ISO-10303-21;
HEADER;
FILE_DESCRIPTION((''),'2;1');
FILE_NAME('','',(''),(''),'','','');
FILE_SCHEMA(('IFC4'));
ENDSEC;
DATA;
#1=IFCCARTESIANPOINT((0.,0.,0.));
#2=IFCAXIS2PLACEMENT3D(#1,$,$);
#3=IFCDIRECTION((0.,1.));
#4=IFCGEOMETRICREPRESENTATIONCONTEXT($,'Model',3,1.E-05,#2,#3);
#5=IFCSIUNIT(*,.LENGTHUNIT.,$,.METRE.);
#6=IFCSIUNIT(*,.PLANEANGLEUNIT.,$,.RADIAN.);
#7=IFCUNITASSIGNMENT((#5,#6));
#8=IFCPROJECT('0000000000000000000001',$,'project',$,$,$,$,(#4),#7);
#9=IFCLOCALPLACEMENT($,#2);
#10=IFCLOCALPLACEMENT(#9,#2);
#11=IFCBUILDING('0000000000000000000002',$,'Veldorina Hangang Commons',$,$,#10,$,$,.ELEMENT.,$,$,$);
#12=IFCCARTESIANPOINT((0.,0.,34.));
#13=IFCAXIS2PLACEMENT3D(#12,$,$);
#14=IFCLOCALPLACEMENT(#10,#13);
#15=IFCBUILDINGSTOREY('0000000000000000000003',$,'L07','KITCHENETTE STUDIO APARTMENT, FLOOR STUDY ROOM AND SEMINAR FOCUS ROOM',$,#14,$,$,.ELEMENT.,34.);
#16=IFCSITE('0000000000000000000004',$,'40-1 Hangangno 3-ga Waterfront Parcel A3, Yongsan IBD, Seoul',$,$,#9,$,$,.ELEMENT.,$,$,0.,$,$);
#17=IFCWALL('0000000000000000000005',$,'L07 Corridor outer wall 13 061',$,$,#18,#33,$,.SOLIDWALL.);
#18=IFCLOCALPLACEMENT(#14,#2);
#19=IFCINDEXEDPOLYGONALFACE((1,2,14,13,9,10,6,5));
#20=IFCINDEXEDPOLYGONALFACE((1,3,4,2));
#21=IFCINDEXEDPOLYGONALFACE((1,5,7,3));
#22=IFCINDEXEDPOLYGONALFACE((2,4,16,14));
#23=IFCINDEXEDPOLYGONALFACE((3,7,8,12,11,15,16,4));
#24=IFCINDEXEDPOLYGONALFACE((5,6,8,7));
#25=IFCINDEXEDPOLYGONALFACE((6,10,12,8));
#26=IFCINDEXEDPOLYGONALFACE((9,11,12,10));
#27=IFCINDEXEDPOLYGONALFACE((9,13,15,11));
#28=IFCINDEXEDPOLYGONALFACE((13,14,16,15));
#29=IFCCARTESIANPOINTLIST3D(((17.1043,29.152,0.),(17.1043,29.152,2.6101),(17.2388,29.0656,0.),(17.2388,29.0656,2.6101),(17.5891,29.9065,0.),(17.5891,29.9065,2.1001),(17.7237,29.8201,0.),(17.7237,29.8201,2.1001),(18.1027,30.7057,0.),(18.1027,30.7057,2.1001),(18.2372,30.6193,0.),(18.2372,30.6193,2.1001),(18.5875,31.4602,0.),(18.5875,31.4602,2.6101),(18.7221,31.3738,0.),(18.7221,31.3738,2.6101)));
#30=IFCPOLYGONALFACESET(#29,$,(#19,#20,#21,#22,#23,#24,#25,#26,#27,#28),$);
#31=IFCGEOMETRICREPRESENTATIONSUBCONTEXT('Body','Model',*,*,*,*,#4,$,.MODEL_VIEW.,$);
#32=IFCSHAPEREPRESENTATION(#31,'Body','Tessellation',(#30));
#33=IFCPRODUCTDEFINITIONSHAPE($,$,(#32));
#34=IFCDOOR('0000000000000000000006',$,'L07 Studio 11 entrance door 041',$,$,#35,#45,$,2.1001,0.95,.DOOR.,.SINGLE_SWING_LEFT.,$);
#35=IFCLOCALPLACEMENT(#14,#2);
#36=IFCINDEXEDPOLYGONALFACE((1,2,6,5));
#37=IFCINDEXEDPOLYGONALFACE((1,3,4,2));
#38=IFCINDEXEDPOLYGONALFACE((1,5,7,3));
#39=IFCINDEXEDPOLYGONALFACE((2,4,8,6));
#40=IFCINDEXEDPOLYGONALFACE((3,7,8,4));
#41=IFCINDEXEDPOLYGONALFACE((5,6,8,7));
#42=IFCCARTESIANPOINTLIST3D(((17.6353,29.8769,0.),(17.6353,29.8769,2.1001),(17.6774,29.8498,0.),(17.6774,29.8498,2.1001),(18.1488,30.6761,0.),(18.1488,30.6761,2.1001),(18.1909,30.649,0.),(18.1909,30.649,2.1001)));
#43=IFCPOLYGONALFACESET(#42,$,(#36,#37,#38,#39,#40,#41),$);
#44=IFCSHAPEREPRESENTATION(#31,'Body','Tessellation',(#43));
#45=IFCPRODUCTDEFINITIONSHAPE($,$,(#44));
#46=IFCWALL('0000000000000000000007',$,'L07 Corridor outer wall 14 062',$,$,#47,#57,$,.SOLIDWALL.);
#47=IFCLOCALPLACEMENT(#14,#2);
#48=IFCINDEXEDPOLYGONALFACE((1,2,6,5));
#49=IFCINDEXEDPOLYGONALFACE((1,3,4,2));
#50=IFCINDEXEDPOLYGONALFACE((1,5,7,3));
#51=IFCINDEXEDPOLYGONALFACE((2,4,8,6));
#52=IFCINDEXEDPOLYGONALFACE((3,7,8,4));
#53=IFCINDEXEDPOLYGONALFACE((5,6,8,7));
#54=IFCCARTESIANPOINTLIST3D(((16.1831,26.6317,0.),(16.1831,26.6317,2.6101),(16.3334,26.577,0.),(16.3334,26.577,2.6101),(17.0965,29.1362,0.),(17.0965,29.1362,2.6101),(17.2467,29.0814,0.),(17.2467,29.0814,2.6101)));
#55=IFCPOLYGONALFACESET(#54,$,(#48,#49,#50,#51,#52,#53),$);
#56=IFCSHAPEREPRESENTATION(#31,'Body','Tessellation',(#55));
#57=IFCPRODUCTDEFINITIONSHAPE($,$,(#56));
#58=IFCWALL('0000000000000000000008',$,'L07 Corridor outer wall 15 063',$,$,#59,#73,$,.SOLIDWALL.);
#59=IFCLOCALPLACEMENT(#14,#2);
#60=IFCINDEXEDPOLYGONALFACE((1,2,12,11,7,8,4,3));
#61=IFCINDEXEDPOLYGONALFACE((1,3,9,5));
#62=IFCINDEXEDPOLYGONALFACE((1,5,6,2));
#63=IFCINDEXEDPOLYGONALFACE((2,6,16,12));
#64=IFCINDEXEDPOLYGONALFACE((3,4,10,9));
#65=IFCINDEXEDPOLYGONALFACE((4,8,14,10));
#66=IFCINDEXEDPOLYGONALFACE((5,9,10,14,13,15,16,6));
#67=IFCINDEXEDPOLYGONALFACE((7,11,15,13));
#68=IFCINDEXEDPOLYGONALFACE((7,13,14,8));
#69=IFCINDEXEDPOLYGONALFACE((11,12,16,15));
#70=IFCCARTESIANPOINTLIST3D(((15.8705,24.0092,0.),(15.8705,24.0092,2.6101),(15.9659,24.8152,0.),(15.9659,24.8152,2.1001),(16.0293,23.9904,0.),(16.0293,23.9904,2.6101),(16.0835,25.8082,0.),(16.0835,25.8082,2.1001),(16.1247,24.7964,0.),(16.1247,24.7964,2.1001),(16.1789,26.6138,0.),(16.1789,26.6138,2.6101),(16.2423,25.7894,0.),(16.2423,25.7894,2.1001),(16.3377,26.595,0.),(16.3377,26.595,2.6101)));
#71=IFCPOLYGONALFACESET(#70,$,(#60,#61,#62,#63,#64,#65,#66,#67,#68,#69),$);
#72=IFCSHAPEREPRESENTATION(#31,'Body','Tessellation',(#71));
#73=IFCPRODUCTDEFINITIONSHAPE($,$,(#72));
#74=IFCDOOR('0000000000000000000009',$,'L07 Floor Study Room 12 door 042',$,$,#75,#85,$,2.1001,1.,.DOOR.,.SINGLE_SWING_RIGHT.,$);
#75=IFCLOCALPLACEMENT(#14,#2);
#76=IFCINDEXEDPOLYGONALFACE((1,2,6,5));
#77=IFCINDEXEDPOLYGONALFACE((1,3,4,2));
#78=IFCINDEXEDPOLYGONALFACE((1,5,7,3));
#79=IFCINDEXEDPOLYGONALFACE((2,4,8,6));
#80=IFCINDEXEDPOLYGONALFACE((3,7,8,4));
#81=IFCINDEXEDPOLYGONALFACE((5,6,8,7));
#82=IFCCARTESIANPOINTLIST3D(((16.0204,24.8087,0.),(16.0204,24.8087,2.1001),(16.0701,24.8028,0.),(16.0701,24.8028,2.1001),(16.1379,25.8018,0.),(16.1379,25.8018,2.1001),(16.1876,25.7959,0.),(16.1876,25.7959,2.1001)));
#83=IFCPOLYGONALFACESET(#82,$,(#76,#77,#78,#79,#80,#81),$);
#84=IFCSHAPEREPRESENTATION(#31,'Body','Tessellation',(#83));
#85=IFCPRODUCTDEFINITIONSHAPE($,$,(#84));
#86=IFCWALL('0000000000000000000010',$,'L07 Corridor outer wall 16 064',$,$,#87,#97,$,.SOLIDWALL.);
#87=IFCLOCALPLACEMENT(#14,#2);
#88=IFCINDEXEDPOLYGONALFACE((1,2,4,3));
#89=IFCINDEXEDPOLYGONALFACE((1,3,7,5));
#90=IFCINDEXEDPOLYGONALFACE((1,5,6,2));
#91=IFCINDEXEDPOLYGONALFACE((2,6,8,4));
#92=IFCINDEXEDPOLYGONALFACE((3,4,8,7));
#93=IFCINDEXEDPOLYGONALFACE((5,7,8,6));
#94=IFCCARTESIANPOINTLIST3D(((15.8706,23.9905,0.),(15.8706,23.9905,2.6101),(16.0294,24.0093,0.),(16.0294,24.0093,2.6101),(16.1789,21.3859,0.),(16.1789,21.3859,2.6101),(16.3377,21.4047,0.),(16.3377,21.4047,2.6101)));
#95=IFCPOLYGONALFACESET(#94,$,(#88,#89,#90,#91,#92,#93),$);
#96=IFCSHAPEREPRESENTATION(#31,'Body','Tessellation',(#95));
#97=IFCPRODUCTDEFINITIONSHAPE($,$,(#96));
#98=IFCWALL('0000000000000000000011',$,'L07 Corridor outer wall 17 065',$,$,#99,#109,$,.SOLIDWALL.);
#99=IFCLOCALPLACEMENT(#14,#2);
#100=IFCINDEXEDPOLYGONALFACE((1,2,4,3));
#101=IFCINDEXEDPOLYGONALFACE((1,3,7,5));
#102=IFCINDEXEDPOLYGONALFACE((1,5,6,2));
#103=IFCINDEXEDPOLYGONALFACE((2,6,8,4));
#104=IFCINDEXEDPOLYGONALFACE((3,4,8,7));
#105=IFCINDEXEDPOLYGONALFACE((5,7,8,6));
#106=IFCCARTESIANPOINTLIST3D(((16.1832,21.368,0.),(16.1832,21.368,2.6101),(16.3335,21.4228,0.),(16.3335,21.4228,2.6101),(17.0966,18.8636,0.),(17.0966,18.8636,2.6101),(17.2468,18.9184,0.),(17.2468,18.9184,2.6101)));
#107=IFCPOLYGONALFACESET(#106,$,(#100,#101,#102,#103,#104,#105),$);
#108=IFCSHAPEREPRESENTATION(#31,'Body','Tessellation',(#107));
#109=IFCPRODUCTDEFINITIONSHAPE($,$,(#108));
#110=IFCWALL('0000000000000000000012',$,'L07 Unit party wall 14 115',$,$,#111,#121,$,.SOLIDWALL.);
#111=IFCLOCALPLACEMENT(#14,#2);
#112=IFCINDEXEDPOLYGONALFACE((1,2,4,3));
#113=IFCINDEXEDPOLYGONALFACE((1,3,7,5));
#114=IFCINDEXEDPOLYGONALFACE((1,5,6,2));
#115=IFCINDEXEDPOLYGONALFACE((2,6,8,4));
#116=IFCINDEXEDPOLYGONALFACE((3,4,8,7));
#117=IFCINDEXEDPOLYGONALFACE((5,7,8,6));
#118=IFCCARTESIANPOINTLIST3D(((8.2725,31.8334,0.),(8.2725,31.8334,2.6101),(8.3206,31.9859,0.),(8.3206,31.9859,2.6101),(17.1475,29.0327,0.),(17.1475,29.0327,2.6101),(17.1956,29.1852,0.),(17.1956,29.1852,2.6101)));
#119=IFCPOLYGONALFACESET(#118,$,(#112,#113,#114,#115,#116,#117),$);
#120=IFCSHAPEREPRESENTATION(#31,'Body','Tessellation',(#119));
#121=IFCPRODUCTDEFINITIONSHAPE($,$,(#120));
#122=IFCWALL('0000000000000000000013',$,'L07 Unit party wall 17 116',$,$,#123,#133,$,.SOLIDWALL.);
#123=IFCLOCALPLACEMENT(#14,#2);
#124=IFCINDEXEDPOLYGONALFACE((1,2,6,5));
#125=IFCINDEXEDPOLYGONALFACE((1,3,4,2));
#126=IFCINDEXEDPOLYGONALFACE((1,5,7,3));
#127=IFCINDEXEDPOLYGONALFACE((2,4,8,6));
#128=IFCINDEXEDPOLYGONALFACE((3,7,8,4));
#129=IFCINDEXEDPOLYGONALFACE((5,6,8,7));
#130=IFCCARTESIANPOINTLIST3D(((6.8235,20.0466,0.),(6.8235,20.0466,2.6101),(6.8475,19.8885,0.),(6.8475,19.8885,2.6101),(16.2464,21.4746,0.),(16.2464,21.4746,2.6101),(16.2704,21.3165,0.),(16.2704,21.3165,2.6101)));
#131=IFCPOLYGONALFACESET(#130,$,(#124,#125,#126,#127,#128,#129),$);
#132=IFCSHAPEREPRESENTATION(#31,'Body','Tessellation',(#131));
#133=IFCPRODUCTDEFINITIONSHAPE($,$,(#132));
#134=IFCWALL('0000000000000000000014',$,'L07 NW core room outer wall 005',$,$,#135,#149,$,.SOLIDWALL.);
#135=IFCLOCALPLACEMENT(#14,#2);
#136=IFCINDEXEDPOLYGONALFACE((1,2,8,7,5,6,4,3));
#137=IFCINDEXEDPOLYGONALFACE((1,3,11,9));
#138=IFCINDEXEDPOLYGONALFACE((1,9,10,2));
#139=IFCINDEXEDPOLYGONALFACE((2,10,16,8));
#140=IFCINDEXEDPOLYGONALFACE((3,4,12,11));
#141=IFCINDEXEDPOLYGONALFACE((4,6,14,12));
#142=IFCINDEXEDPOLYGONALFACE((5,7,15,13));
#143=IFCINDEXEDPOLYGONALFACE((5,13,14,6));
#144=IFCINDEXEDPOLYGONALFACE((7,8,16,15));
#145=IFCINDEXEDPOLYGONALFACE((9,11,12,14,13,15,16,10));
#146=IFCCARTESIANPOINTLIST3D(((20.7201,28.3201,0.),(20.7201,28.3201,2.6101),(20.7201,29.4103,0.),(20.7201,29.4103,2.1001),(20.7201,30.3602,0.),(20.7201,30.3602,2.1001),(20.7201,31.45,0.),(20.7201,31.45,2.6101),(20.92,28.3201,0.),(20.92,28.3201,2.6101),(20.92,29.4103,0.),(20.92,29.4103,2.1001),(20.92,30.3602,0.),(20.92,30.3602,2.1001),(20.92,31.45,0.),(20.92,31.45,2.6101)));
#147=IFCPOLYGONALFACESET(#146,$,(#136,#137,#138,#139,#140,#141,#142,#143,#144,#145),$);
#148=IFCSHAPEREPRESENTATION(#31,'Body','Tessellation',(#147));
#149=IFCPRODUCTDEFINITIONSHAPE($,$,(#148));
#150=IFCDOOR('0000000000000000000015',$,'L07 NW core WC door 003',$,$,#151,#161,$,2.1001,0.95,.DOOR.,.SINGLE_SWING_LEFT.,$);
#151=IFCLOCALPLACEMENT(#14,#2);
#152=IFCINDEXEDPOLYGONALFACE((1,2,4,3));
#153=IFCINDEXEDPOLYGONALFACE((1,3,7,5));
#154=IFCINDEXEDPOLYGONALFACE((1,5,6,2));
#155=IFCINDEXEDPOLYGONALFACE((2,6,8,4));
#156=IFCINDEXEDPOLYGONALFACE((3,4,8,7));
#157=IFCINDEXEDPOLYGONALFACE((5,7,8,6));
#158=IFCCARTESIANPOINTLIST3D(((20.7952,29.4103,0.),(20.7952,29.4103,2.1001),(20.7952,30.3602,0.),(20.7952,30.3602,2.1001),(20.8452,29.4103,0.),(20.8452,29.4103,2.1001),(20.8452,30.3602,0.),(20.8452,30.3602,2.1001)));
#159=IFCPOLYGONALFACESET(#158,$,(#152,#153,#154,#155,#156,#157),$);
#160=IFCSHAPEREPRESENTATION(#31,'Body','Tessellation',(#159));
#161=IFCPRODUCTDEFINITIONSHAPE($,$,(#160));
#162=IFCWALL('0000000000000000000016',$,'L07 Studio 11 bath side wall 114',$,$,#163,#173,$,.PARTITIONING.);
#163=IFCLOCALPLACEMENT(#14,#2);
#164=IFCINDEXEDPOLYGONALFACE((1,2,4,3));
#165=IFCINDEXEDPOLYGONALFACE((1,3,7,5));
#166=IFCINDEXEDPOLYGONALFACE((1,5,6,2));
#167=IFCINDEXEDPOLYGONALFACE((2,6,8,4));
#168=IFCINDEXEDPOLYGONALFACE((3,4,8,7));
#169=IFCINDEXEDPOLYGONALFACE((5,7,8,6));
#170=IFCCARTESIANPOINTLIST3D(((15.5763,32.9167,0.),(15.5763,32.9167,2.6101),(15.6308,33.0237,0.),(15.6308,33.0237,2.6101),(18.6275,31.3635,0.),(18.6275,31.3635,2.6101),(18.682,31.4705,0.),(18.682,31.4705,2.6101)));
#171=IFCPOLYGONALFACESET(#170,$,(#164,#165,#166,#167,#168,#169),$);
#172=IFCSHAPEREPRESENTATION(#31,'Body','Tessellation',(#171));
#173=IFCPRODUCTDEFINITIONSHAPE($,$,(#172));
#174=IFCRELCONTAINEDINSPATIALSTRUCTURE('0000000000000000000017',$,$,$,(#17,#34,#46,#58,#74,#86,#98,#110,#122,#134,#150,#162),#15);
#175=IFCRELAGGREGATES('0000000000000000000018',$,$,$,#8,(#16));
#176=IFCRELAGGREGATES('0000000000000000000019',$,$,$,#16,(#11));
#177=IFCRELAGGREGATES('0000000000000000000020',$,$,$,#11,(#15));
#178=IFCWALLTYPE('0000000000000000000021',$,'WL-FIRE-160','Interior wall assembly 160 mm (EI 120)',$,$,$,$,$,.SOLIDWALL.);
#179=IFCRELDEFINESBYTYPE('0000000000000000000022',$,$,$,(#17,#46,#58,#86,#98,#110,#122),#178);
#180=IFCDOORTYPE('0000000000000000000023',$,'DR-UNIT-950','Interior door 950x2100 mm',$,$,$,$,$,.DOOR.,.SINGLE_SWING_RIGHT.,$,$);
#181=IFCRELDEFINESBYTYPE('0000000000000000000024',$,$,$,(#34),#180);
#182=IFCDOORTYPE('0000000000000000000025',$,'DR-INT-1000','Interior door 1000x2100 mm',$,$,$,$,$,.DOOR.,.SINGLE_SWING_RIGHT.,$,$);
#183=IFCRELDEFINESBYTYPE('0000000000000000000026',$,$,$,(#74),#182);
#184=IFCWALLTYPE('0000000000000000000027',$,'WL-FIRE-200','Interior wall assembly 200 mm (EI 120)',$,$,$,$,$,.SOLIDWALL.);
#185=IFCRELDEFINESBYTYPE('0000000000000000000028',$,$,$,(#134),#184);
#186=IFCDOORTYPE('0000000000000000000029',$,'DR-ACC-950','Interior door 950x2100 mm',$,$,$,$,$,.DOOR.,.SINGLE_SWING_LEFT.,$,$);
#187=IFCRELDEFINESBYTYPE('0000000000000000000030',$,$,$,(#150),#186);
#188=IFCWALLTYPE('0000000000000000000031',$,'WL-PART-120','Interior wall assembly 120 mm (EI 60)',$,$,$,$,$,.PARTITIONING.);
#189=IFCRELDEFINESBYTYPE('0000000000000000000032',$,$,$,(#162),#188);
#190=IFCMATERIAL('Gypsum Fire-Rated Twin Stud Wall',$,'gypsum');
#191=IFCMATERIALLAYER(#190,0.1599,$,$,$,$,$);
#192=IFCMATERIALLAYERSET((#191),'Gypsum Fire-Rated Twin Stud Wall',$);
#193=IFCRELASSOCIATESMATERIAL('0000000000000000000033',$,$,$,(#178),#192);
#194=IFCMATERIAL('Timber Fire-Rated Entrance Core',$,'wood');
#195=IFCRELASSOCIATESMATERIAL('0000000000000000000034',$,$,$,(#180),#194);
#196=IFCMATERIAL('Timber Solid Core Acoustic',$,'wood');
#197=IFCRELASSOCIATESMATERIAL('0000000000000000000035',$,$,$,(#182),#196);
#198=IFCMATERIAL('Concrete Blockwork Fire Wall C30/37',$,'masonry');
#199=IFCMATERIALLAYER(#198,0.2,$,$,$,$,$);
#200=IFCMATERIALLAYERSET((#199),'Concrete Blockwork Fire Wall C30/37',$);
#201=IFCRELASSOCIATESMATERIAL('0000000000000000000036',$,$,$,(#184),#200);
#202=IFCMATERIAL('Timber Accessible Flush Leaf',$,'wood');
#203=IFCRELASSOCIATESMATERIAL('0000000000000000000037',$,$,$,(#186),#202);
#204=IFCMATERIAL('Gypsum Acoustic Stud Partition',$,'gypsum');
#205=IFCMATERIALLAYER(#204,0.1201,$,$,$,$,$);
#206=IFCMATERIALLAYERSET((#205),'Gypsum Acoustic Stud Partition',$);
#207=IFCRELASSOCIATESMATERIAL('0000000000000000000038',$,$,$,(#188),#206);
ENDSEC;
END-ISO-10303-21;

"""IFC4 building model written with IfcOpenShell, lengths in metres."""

from ifc_helpers import new_model, si_unit, direction, frame, frame_2d, origin, place, context, subcontext, project, spatial, rectangle, extrude, material, layer, layer_set, type_object, element, fill, save


model = new_model("IFC4")

# Units and contexts
model_context = context("Model", 3, precision=1e-05, world=origin(), true_north=direction((0.0, 1.0)))
body_context = subcontext(model_context, "Body", "Model", "MODEL_VIEW")
ifc_project = project(units=[si_unit("LENGTHUNIT", "METRE"), si_unit("PLANEANGLEUNIT", "RADIAN")], contexts=[model_context])

# Site, building, storey
site_placement = place(None, origin())
site = spatial("IfcSite", under=ifc_project, at=site_placement, Name="40-1 Hangangno 3-ga Waterfront Parcel A3, Yongsan IBD, Seoul", CompositionType="ELEMENT", RefElevation=0.0)
building_placement = place(site_placement, origin())
building = spatial("IfcBuilding", under=site, at=building_placement, Name="Veldorina Hangang Commons", CompositionType="ELEMENT")
storey_placement = place(building_placement, frame((0.0, 0.0, 34.0)))
storey = spatial("IfcBuildingStorey", under=building, at=storey_placement, Name="L07", Description="KITCHENETTE STUDIO APARTMENT, FLOOR STUDY ROOM AND SEMINAR FOCUS ROOM", CompositionType="ELEMENT", Elevation=34.0)

# Wall, opening, door
ifc_material_1 = material(Name="Gypsum Fire-Rated Twin Stud Wall", Category="gypsum")
ifc_layer_1 = layer(ifc_material_1, 0.1599)
ifc_layer_set_1 = layer_set([ifc_layer_1], Name="Gypsum Fire-Rated Twin Stud Wall")
wall_type_1 = type_object("IfcWallType", Name="WL-FIRE-160", Description="Interior wall assembly 160 mm (EI 120)", PredefinedType="SOLIDWALL", material=ifc_layer_set_1)
wall_1_placement = place(storey_placement, frame((18.6548, 31.417, 0.0), z_axis=(0.0, 0.0, 1.0), x_axis=(-0.540596, -0.841283, 0.0)))
wall_1 = element("IfcWall", 1, at=wall_1_placement, inside=storey, type_object=wall_type_1, Name="L07 Corridor outer wall 13 061", PredefinedType="SOLIDWALL", context=body_context, shape_type="SweptSolid", body=[
    extrude(rectangle(XDim=2.7437, YDim=0.1599, at=frame_2d((1.3718, 0.0))), origin(), (0.0, 0.0, 1.0), 2.6101),
])
opening_1_placement = place(wall_1_placement, frame((0.8967, 0.0, 0.0)))
opening_1 = element("IfcOpeningElement", 2, at=opening_1_placement, cuts=wall_1, PredefinedType="OPENING", context=body_context, shape_type="SweptSolid", body=[
    extrude(rectangle(XDim=0.95, YDim=2.1001, at=frame_2d((0.4751, 1.05))), frame((0.0, 0.0898, 0.0), z_axis=(0.0, -1.0, 0.0), x_axis=(1.0, 0.0, 0.0)), (0.0, 0.0, 1.0), 0.1799),
])
ifc_material_2 = material(Name="Timber Fire-Rated Entrance Core", Category="wood")
door_type_1 = type_object("IfcDoorType", Name="DR-UNIT-950", Description="Interior door 950x2100 mm", OperationType="SINGLE_SWING_RIGHT", PredefinedType="DOOR", material=ifc_material_2)
door_1_placement = place(opening_1_placement, origin())
door_1 = element("IfcDoor", 3, at=door_1_placement, inside=storey, type_object=door_type_1, Name="L07 Studio 11 entrance door 041", OperationType="SINGLE_SWING_LEFT", OverallHeight=2.1001, OverallWidth=0.95, PredefinedType="DOOR", context=body_context, shape_type="SweptSolid", body=[
    extrude(rectangle(XDim=0.95, YDim=2.1001, at=frame_2d((0.4751, 1.05))), frame((0.0, 0.0249, 0.0), z_axis=(0.0, -1.0, 0.0), x_axis=(1.0, 0.0, 0.0)), (0.0, 0.0, 1.0), 0.05),
])
fill(opening_1, door_1)

# Wall
wall_2_placement = place(storey_placement, frame((17.1716, 29.1089, 0.0), z_axis=(0.0, 0.0, 1.0), x_axis=(-0.342618, -0.939475, 0.0)))
element("IfcWall", 4, at=wall_2_placement, inside=storey, type_object=wall_type_1, Name="L07 Corridor outer wall 14 062", PredefinedType="SOLIDWALL", context=body_context, shape_type="SweptSolid", body=[
    extrude(rectangle(XDim=2.6658, YDim=0.1599, at=frame_2d((1.333, 0.0))), origin(), (0.0, 0.0, 1.0), 2.6101),
])

# Wall, opening, door
wall_3_placement = place(storey_placement, frame((16.2583, 26.6045, 0.0), z_axis=(0.0, 0.0, 1.0), x_axis=(-0.11757, -0.993065, 0.0)))
wall_3 = element("IfcWall", 5, at=wall_3_placement, inside=storey, type_object=wall_type_1, Name="L07 Corridor outer wall 15 063", PredefinedType="SOLIDWALL", context=body_context, shape_type="SweptSolid", body=[
    extrude(rectangle(XDim=2.6228, YDim=0.1599, at=frame_2d((1.3115, 0.0))), origin(), (0.0, 0.0, 1.0), 2.6101),
])
opening_2_placement = place(wall_3_placement, frame((0.8113, 0.0, 0.0)))
opening_2 = element("IfcOpeningElement", 6, at=opening_2_placement, cuts=wall_3, PredefinedType="OPENING", context=body_context, shape_type="SweptSolid", body=[
    extrude(rectangle(XDim=1.0, YDim=2.1001, at=frame_2d((0.5, 1.05))), frame((0.0, 0.0898, 0.0), z_axis=(0.0, -1.0, 0.0), x_axis=(1.0, 0.0, 0.0)), (0.0, 0.0, 1.0), 0.1799),
])
ifc_material_3 = material(Name="Timber Solid Core Acoustic", Category="wood")
door_type_2 = type_object("IfcDoorType", Name="DR-INT-1000", Description="Interior door 1000x2100 mm", OperationType="SINGLE_SWING_RIGHT", PredefinedType="DOOR", material=ifc_material_3)
door_2_placement = place(opening_2_placement, origin())
door_2 = element("IfcDoor", 7, at=door_2_placement, inside=storey, type_object=door_type_2, Name="L07 Floor Study Room 12 door 042", OperationType="SINGLE_SWING_RIGHT", OverallHeight=2.1001, OverallWidth=1.0, PredefinedType="DOOR", context=body_context, shape_type="SweptSolid", body=[
    extrude(rectangle(XDim=1.0, YDim=2.1001, at=frame_2d((0.5, 1.05))), frame((0.0, 0.0249, 0.0), z_axis=(0.0, -1.0, 0.0), x_axis=(1.0, 0.0, 0.0)), (0.0, 0.0, 1.0), 0.05),
])
fill(opening_2, door_2)

# Walls
wall_4_placement = place(storey_placement, frame((15.95, 24.0, 0.0), z_axis=(0.0, 0.0, 1.0), x_axis=(0.11757, -0.993065, 0.0)))
element("IfcWall", 8, at=wall_4_placement, inside=storey, type_object=wall_type_1, Name="L07 Corridor outer wall 16 064", PredefinedType="SOLIDWALL", context=body_context, shape_type="SweptSolid", body=[
    extrude(rectangle(XDim=2.6228, YDim=0.1599, at=frame_2d((1.3115, 0.0))), origin(), (0.0, 0.0, 1.0), 2.6101),
])
wall_5_placement = place(storey_placement, frame((16.2583, 21.3955, 0.0), z_axis=(0.0, 0.0, 1.0), x_axis=(0.342618, -0.939475, 0.0)))
element("IfcWall", 9, at=wall_5_placement, inside=storey, type_object=wall_type_1, Name="L07 Corridor outer wall 17 065", PredefinedType="SOLIDWALL", context=body_context, shape_type="SweptSolid", body=[
    extrude(rectangle(XDim=2.6658, YDim=0.1599, at=frame_2d((1.333, 0.0))), origin(), (0.0, 0.0, 1.0), 2.6101),
])
wall_6_placement = place(storey_placement, frame((17.1716, 29.1089, 0.0), z_axis=(0.0, 0.0, 1.0), x_axis=(-0.95364, 0.300951, 0.0)))
element("IfcWall", 10, at=wall_6_placement, inside=storey, type_object=wall_type_1, Name="L07 Unit party wall 14 115", PredefinedType="SOLIDWALL", context=body_context, shape_type="SweptSolid", body=[
    extrude(rectangle(XDim=9.3064, YDim=0.1599, at=frame_2d((4.6533, 0.0))), origin(), (0.0, 0.0, 1.0), 2.6101),
])
wall_7_placement = place(storey_placement, frame((16.2583, 21.3955, 0.0), z_axis=(0.0, 0.0, 1.0), x_axis=(-0.988711, -0.149833, 0.0)))
element("IfcWall", 11, at=wall_7_placement, inside=storey, type_object=wall_type_1, Name="L07 Unit party wall 17 116", PredefinedType="SOLIDWALL", context=body_context, shape_type="SweptSolid", body=[
    extrude(rectangle(XDim=9.5305, YDim=0.1599, at=frame_2d((4.7651, 0.0))), origin(), (0.0, 0.0, 1.0), 2.6101),
])

# Wall, opening, door
ifc_material_4 = material(Name="Concrete Blockwork Fire Wall C30/37", Category="masonry")
ifc_layer_2 = layer(ifc_material_4, 0.2)
ifc_layer_set_2 = layer_set([ifc_layer_2], Name="Concrete Blockwork Fire Wall C30/37")
wall_type_2 = type_object("IfcWallType", Name="WL-FIRE-200", Description="Interior wall assembly 200 mm (EI 120)", PredefinedType="SOLIDWALL", material=ifc_layer_set_2)
wall_8_placement = place(storey_placement, frame((20.8201, 28.3201, 0.0), z_axis=(0.0, 0.0, 1.0), x_axis=(0.0, 1.0, 0.0)))
wall_8 = element("IfcWall", 12, at=wall_8_placement, inside=storey, type_object=wall_type_2, Name="L07 NW core room outer wall 005", PredefinedType="SOLIDWALL", context=body_context, shape_type="SweptSolid", body=[
    extrude(rectangle(XDim=3.1299, YDim=0.2, at=frame_2d((1.5649, 0.0))), origin(), (0.0, 0.0, 1.0), 2.6101),
])
opening_3_placement = place(wall_8_placement, frame((1.0901, 0.0, 0.0)))
opening_3 = element("IfcOpeningElement", 13, at=opening_3_placement, cuts=wall_8, PredefinedType="OPENING", context=body_context, shape_type="SweptSolid", body=[
    extrude(rectangle(XDim=0.95, YDim=2.1001, at=frame_2d((0.4751, 1.05))), frame((0.0, 0.1099, 0.0), z_axis=(0.0, -1.0, 0.0), x_axis=(1.0, 0.0, 0.0)), (0.0, 0.0, 1.0), 0.22),
])
ifc_material_5 = material(Name="Timber Accessible Flush Leaf", Category="wood")
door_type_3 = type_object("IfcDoorType", Name="DR-ACC-950", Description="Interior door 950x2100 mm", OperationType="SINGLE_SWING_LEFT", PredefinedType="DOOR", material=ifc_material_5)
door_3_placement = place(opening_3_placement, origin())
door_3 = element("IfcDoor", 14, at=door_3_placement, inside=storey, type_object=door_type_3, Name="L07 NW core WC door 003", OperationType="SINGLE_SWING_LEFT", OverallHeight=2.1001, OverallWidth=0.95, PredefinedType="DOOR", context=body_context, shape_type="SweptSolid", body=[
    extrude(rectangle(XDim=0.95, YDim=2.1001, at=frame_2d((0.4751, 1.05))), frame((0.0, 0.0249, 0.0), z_axis=(0.0, -1.0, 0.0), x_axis=(1.0, 0.0, 0.0)), (0.0, 0.0, 1.0), 0.05),
])
fill(opening_3, door_3)

# Wall
ifc_material_6 = material(Name="Gypsum Acoustic Stud Partition", Category="gypsum")
ifc_layer_3 = layer(ifc_material_6, 0.1201)
ifc_layer_set_3 = layer_set([ifc_layer_3], Name="Gypsum Acoustic Stud Partition")
wall_type_3 = type_object("IfcWallType", Name="WL-PART-120", Description="Interior wall assembly 120 mm (EI 60)", PredefinedType="PARTITIONING", material=ifc_layer_set_3)
wall_9_placement = place(storey_placement, frame((18.6548, 31.417, 0.0), z_axis=(0.0, 0.0, 1.0), x_axis=(-0.891181, 0.453648, 0.0)))
element("IfcWall", 15, at=wall_9_placement, inside=storey, type_object=wall_type_3, Name="L07 Studio 11 bath side wall 114", PredefinedType="PARTITIONING", context=body_context, shape_type="SweptSolid", body=[
    extrude(rectangle(XDim=3.4238, YDim=0.1201, at=frame_2d((1.7119, 0.0))), origin(), (0.0, 0.0, 1.0), 2.6101),
])

save(model, "model.ifc")
